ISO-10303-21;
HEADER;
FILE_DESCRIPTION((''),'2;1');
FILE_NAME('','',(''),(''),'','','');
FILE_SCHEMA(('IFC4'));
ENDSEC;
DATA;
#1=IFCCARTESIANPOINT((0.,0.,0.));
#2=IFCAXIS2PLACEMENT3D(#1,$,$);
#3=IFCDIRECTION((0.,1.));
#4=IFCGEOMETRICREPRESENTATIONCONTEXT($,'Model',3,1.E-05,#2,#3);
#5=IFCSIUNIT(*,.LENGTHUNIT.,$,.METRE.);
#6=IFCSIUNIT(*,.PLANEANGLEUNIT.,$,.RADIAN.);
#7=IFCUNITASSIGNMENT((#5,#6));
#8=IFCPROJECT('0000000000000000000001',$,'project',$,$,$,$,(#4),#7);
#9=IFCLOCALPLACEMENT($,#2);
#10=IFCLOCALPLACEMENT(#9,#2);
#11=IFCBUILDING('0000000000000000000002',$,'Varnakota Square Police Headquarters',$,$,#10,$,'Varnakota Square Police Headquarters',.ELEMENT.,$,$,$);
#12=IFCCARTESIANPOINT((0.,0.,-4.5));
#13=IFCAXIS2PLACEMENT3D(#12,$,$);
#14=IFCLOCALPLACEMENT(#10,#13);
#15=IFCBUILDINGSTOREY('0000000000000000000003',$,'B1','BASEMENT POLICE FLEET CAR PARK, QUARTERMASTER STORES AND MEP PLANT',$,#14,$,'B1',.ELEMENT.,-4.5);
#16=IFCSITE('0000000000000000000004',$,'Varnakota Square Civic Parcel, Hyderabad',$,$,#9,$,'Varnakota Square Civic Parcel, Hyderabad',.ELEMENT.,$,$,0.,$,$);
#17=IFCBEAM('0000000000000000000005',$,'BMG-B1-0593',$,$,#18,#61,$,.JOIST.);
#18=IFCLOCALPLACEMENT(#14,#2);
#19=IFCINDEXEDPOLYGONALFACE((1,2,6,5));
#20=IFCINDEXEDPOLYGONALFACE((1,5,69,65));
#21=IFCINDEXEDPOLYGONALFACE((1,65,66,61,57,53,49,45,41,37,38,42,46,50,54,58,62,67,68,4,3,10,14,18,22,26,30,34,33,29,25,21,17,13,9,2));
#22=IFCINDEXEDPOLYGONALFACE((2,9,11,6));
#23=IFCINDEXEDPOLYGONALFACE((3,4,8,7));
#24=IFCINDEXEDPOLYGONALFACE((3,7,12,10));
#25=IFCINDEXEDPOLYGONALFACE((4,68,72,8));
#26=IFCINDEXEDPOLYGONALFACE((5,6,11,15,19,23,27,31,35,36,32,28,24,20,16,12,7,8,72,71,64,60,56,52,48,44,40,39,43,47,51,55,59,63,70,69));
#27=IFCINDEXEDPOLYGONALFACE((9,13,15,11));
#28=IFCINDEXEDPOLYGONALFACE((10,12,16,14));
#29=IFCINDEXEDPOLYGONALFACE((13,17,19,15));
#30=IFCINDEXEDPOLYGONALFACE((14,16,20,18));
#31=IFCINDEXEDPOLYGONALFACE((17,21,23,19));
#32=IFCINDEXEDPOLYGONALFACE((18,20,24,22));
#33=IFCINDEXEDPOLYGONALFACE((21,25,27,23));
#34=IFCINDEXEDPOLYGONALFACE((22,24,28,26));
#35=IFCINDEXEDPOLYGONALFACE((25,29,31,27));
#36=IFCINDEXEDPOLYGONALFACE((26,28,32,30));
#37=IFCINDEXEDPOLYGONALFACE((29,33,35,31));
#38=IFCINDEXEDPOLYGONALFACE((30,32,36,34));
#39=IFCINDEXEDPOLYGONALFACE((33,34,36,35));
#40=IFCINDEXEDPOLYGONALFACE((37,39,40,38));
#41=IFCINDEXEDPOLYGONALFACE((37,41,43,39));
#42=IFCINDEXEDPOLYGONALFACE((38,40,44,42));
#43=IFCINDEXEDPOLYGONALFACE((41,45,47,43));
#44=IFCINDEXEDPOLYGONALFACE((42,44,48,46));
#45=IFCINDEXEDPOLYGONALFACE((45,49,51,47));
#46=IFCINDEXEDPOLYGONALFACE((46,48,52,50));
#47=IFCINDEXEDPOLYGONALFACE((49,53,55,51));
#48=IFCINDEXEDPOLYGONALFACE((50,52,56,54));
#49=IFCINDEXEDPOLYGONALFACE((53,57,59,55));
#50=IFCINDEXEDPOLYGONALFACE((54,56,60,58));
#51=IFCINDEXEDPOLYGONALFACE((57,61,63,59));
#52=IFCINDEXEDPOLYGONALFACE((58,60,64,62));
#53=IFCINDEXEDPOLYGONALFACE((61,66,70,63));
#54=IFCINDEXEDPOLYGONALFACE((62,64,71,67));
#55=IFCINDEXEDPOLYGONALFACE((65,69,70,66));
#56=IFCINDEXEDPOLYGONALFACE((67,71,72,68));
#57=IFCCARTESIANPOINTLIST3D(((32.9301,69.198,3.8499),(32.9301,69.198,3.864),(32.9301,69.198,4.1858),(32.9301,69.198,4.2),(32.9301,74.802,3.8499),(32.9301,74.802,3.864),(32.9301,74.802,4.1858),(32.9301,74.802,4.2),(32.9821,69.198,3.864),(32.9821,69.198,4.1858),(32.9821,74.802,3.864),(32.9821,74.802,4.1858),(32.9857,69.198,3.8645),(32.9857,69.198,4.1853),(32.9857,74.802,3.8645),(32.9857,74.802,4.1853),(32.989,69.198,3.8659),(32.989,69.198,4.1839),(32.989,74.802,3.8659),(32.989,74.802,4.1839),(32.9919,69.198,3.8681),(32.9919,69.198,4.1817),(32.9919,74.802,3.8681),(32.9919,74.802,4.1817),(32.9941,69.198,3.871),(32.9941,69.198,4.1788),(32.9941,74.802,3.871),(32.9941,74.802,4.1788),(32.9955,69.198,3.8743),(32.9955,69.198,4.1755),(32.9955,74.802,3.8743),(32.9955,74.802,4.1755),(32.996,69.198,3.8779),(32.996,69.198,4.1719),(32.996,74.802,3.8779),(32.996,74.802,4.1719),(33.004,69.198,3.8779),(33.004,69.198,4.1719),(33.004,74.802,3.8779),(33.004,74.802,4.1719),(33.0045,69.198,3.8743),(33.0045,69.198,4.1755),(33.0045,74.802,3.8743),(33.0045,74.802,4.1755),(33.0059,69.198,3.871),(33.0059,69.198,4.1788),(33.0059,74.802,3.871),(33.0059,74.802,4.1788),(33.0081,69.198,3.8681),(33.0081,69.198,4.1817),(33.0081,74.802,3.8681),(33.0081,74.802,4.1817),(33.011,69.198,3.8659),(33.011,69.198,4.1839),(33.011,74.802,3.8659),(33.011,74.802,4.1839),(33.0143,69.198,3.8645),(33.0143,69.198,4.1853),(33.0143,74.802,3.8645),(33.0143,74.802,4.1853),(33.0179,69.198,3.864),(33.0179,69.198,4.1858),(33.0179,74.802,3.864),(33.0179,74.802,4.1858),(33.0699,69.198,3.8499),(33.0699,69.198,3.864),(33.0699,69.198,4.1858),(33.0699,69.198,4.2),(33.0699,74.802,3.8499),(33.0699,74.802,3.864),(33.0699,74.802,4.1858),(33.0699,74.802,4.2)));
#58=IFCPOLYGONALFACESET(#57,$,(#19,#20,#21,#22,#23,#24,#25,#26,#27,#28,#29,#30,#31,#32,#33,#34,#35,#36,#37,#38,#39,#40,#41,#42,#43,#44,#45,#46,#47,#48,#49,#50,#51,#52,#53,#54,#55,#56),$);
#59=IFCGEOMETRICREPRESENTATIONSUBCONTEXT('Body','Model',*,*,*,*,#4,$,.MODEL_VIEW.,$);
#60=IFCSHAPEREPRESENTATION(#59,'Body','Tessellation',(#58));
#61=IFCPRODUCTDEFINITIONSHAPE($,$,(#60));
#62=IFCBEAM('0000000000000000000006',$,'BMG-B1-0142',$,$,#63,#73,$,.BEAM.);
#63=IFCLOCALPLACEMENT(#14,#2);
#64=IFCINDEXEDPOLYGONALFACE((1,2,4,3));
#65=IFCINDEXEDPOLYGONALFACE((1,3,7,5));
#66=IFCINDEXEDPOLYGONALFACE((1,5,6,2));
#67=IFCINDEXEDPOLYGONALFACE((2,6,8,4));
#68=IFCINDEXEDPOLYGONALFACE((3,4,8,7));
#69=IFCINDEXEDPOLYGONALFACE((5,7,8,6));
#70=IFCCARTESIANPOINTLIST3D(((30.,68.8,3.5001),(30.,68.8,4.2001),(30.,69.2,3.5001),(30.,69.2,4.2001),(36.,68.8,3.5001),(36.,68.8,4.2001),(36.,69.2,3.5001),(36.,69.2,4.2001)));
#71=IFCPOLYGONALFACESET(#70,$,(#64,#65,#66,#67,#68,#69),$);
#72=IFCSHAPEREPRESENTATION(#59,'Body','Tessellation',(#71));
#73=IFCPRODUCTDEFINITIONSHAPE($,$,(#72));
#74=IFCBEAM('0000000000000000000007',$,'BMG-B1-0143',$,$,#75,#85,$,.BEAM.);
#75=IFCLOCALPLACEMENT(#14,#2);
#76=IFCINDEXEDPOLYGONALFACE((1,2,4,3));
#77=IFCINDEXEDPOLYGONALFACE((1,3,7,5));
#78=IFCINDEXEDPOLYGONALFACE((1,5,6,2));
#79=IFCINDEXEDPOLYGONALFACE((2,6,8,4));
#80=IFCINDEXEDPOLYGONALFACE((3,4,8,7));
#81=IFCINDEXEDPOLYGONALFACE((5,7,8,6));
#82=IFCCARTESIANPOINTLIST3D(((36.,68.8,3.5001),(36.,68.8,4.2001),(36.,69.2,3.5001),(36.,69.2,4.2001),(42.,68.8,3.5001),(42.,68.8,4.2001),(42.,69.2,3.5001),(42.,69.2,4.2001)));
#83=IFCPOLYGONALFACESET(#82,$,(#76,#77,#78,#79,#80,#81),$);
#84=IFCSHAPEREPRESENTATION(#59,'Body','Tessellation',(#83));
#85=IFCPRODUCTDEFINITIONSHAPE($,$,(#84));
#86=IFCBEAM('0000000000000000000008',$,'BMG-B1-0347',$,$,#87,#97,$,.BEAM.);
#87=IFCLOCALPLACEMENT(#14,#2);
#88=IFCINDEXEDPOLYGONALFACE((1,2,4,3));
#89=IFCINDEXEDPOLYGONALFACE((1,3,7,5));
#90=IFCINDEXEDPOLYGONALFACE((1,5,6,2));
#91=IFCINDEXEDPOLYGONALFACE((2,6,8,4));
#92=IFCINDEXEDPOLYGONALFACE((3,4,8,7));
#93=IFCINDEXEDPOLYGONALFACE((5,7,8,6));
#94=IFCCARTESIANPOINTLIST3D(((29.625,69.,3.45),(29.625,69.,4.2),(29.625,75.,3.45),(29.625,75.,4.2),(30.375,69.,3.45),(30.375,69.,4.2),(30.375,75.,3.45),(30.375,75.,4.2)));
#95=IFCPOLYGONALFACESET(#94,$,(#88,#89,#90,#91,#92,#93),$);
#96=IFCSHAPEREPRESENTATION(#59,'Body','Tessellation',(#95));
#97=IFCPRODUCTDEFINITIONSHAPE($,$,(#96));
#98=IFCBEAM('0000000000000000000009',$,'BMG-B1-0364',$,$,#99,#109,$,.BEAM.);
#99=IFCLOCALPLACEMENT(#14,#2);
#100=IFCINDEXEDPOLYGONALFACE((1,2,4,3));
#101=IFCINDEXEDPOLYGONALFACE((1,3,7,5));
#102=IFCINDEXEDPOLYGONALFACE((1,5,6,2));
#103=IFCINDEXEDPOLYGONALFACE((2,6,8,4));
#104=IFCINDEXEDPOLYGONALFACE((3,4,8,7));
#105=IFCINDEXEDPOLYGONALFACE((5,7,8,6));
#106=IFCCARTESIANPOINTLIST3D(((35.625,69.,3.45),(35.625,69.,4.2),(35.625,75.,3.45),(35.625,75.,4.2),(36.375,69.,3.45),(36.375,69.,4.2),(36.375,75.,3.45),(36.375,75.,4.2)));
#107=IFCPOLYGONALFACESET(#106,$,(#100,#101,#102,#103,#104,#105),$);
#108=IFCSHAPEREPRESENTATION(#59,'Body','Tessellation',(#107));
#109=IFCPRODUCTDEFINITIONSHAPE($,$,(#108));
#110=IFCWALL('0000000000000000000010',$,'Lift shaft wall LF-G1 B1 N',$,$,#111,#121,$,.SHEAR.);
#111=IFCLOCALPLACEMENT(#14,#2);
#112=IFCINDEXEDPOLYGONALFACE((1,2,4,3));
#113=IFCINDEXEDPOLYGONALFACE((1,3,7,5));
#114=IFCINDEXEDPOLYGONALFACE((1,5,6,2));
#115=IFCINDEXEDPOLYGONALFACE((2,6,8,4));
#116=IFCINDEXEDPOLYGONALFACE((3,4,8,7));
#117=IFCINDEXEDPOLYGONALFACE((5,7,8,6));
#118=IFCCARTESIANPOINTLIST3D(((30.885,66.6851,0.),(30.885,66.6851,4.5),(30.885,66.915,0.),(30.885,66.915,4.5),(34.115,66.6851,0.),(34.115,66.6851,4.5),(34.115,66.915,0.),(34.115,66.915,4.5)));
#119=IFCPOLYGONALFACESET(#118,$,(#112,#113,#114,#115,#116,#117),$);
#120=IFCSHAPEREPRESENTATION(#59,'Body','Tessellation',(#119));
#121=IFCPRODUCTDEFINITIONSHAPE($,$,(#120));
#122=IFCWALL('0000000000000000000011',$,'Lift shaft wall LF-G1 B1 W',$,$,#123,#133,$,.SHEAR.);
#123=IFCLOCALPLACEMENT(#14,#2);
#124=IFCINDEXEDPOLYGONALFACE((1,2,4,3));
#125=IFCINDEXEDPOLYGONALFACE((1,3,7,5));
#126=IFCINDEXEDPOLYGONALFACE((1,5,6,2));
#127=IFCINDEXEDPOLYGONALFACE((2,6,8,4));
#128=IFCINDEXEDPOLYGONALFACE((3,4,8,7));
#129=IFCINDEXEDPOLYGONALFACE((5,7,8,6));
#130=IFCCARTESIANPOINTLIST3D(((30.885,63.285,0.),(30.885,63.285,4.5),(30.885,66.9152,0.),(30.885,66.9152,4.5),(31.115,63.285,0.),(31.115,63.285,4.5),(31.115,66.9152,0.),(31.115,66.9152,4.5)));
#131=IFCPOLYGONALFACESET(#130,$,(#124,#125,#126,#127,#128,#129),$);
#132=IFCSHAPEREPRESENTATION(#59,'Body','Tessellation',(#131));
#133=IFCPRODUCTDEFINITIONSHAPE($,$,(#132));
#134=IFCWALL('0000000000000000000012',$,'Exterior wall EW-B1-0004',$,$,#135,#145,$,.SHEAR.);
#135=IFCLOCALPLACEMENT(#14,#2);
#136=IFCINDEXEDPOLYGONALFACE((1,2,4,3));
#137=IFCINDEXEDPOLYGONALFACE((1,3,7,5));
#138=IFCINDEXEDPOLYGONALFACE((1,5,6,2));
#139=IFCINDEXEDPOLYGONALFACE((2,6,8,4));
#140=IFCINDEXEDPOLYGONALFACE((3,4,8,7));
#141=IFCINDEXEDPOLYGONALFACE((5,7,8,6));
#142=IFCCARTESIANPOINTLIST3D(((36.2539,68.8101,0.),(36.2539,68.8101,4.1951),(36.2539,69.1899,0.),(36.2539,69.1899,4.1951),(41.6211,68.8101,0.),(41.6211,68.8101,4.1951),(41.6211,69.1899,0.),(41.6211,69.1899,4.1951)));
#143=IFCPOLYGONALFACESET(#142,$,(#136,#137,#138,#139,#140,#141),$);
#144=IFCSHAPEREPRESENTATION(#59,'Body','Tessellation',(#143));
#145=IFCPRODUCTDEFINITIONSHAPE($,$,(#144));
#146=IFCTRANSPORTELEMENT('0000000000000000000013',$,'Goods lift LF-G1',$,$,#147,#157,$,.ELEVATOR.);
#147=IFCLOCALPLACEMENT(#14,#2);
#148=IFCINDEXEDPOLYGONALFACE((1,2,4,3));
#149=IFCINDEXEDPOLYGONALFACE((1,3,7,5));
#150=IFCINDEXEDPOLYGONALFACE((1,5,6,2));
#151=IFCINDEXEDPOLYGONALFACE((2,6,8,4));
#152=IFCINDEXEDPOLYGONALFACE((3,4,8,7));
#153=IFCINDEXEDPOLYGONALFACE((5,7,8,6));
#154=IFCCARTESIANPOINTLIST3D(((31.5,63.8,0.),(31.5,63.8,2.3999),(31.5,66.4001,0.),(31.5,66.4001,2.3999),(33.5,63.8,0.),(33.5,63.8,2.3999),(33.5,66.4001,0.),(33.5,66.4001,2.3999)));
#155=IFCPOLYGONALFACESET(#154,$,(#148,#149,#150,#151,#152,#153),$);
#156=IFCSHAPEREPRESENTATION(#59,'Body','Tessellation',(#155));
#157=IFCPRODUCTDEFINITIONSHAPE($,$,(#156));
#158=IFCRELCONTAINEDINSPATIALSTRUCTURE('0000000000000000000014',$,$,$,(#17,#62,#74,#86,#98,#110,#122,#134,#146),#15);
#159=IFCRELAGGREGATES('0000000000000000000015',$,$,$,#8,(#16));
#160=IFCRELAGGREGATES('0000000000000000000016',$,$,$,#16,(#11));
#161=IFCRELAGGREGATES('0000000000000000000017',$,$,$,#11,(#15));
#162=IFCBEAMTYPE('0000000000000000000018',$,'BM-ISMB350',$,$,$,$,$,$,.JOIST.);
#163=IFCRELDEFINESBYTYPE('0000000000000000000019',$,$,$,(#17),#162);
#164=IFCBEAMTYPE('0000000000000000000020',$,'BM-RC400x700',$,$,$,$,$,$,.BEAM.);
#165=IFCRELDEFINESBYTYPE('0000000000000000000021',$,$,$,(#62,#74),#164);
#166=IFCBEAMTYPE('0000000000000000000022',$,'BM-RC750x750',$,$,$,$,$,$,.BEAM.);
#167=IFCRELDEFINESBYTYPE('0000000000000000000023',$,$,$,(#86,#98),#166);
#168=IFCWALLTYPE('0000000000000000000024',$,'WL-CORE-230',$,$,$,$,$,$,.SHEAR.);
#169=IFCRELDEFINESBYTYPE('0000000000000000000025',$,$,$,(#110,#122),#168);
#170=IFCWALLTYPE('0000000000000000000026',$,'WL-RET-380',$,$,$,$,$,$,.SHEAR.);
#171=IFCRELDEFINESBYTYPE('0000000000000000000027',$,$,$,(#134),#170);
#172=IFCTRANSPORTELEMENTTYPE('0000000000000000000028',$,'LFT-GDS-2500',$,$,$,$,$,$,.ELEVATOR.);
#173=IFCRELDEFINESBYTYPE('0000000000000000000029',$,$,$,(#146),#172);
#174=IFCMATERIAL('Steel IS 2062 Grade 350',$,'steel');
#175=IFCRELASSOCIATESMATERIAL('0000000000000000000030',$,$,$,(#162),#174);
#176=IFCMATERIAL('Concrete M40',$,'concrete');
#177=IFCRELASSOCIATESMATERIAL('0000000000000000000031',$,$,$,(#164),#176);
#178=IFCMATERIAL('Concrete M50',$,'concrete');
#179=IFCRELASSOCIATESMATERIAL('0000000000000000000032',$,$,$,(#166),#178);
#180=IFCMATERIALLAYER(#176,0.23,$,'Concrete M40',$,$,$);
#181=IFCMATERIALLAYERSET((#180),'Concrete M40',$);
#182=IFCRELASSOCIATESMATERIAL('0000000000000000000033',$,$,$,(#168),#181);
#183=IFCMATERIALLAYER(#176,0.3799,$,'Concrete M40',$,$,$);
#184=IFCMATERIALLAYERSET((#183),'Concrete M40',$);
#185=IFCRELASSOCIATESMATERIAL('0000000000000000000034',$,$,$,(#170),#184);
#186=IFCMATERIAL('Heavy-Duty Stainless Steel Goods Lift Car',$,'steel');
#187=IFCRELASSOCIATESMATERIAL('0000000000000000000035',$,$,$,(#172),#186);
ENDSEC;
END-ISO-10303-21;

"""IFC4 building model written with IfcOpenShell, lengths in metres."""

from ifc_helpers import new_model, si_unit, direction, frame, frame_2d, origin, origin_2d, place, context, subcontext, project, spatial, rectangle, i_section, extrude, material, layer, layer_set, material_profile, profile_set, type_object, element, save


model = new_model("IFC4")

# Units and contexts
model_context = context("Model", 3, precision=1e-05, world=origin(), true_north=direction((0.0, 1.0)))
body_context = subcontext(model_context, "Body", "Model", "MODEL_VIEW")
ifc_project = project(units=[si_unit("LENGTHUNIT", "METRE"), si_unit("PLANEANGLEUNIT", "RADIAN")], contexts=[model_context])

# Site, building, storey
site_placement = place(None, origin())
site = spatial("IfcSite", under=ifc_project, at=site_placement, Name="Varnakota Square Civic Parcel, Hyderabad", LongName="Varnakota Square Civic Parcel, Hyderabad", CompositionType="ELEMENT", RefElevation=0.0)
building_placement = place(site_placement, origin())
building = spatial("IfcBuilding", under=site, at=building_placement, Name="Varnakota Square Police Headquarters", LongName="Varnakota Square Police Headquarters", CompositionType="ELEMENT")
storey_placement = place(building_placement, frame((0.0, 0.0, -4.5)))
storey = spatial("IfcBuildingStorey", under=building, at=storey_placement, Name="B1", Description="BASEMENT POLICE FLEET CAR PARK, QUARTERMASTER STORES AND MEP PLANT", LongName="B1", CompositionType="ELEMENT", Elevation=-4.5)

# Shared definitions
ifc_material_1 = material(Name="Concrete M40", Category="concrete")

# Shared definitions
ifc_material_2 = material(Name="Concrete M50", Category="concrete")

# Beams
ifc_material_3 = material(Name="Steel IS 2062 Grade 350", Category="steel")
ifc_material_profile_1 = material_profile(ifc_material_3, i_section(OverallWidth=0.1399, OverallDepth=0.3501, WebThickness=0.0081, FlangeThickness=0.0142, FilletRadius=0.0139, at=origin_2d()), Name="ISMB 350")
ifc_profile_set_1 = profile_set([ifc_material_profile_1], Name="Steel IS 2062 Grade 350")
beam_type_1 = type_object("IfcBeamType", Name="BM-ISMB350", PredefinedType="JOIST", material=ifc_profile_set_1)
beam_placement = place(storey_placement, frame((33.0, 69.198, 4.0249), z_axis=(0.0, 1.0, 0.0), x_axis=(-1.0, 0.0, 0.0)))
element("IfcBeam", 1, at=beam_placement, inside=storey, type_object=beam_type_1, Name="BMG-B1-0593", PredefinedType="JOIST", context=body_context, shape_type="SweptSolid", body=[
    extrude(i_section(OverallWidth=0.1399, OverallDepth=0.3501, WebThickness=0.0081, FlangeThickness=0.0142, FilletRadius=0.0139, at=origin_2d()), origin(), (0.0, 0.0, 1.0), 5.604),
])
ifc_material_profile_2 = material_profile(ifc_material_1, rectangle(XDim=0.3999, YDim=0.7, at=origin_2d()), Name="RC 400x700")
ifc_profile_set_2 = profile_set([ifc_material_profile_2], Name="Concrete M40")
beam_type_2 = type_object("IfcBeamType", Name="BM-RC400x700", PredefinedType="BEAM", material=ifc_profile_set_2)
for number, where, z_axis, x_axis, name in (
    (2, (30.0, 69.0, 3.8501), (1.0, 0.0, 0.0), (0.0, 1.0, 0.0), "BMG-B1-0142"),
    (3, (36.0, 69.0, 3.8501), (1.0, 0.0, 0.0), (0.0, 1.0, 0.0), "BMG-B1-0143"),
):
    element("IfcBeam", number, at=place(storey_placement, frame(where, z_axis=z_axis, x_axis=x_axis)), inside=storey, type_object=beam_type_2, Name=name, PredefinedType="BEAM", context=body_context, shape_type="SweptSolid", body=[
        extrude(rectangle(XDim=0.3999, YDim=0.7, at=origin_2d()), origin(), (0.0, 0.0, 1.0), 6.0),
    ])
ifc_material_profile_3 = material_profile(ifc_material_2, rectangle(XDim=0.75, YDim=0.75, at=origin_2d()), Name="RC 750x750")
ifc_profile_set_3 = profile_set([ifc_material_profile_3], Name="Concrete M50")
beam_type_3 = type_object("IfcBeamType", Name="BM-RC750x750", PredefinedType="BEAM", material=ifc_profile_set_3)
for number, where, z_axis, x_axis, name in (
    (4, (30.0, 69.0, 3.825), (0.0, 1.0, 0.0), (-1.0, 0.0, 0.0), "BMG-B1-0347"),
    (5, (36.0, 69.0, 3.825), (0.0, 1.0, 0.0), (-1.0, 0.0, 0.0), "BMG-B1-0364"),
):
    element("IfcBeam", number, at=place(storey_placement, frame(where, z_axis=z_axis, x_axis=x_axis)), inside=storey, type_object=beam_type_3, Name=name, PredefinedType="BEAM", context=body_context, shape_type="SweptSolid", body=[
        extrude(rectangle(XDim=0.75, YDim=0.75, at=origin_2d()), origin(), (0.0, 0.0, 1.0), 6.0),
    ])

# Walls
ifc_layer_1 = layer(ifc_material_1, 0.23, Name="Concrete M40")
ifc_layer_set_1 = layer_set([ifc_layer_1], Name="Concrete M40")
wall_type_1 = type_object("IfcWallType", Name="WL-CORE-230", PredefinedType="SHEAR", material=ifc_layer_set_1)
wall_1_placement = place(storey_placement, frame((34.115, 66.8, 0.0), z_axis=(0.0, 0.0, 1.0), x_axis=(-1.0, 0.0, 0.0)))
element("IfcWall", 6, at=wall_1_placement, inside=storey, type_object=wall_type_1, Name="Lift shaft wall LF-G1 B1 N", PredefinedType="SHEAR", context=body_context, shape_type="SweptSolid", body=[
    extrude(rectangle(XDim=3.23, YDim=0.23, at=frame_2d((1.615, 0.0))), origin(), (0.0, 0.0, 1.0), 4.5),
])
wall_2_placement = place(storey_placement, frame((31.0, 66.915, 0.0), z_axis=(0.0, 0.0, 1.0), x_axis=(0.0, -1.0, 0.0)))
element("IfcWall", 7, at=wall_2_placement, inside=storey, type_object=wall_type_1, Name="Lift shaft wall LF-G1 B1 W", PredefinedType="SHEAR", context=body_context, shape_type="SweptSolid", body=[
    extrude(rectangle(XDim=3.6301, YDim=0.23, at=frame_2d((1.8149, 0.0))), origin(), (0.0, 0.0, 1.0), 4.5),
])
ifc_layer_2 = layer(ifc_material_1, 0.3799, Name="Concrete M40")
ifc_layer_set_2 = layer_set([ifc_layer_2], Name="Concrete M40")
wall_type_2 = type_object("IfcWallType", Name="WL-RET-380", PredefinedType="SHEAR", material=ifc_layer_set_2)
wall_3_placement = place(storey_placement, frame((36.2539, 69.0, 0.0), z_axis=(0.0, 0.0, 1.0), x_axis=(1.0, 0.0, 0.0)))
element("IfcWall", 8, at=wall_3_placement, inside=storey, type_object=wall_type_2, Name="Exterior wall EW-B1-0004", PredefinedType="SHEAR", context=body_context, shape_type="SweptSolid", body=[
    extrude(rectangle(XDim=5.3672, YDim=0.3799, at=frame_2d((2.6836, 0.0))), origin(), (0.0, 0.0, 1.0), 4.1951),
])

# Transport element
ifc_material_4 = material(Name="Heavy-Duty Stainless Steel Goods Lift Car", Category="steel")
transport_element_type = type_object("IfcTransportElementType", Name="LFT-GDS-2500", PredefinedType="ELEVATOR", material=ifc_material_4)
transport_element_placement = place(storey_placement, frame((32.5, 65.1001, 0.0), z_axis=(0.0, 0.0, 1.0), x_axis=(1.0, 0.0, 0.0)))
element("IfcTransportElement", 9, at=transport_element_placement, inside=storey, type_object=transport_element_type, Name="Goods lift LF-G1", PredefinedType="ELEVATOR", context=body_context, shape_type="SweptSolid", body=[
    extrude(rectangle(XDim=2.0, YDim=2.6001, at=origin_2d()), origin(), (0.0, 0.0, 1.0), 2.3999),
])

save(model, "model.ifc")
